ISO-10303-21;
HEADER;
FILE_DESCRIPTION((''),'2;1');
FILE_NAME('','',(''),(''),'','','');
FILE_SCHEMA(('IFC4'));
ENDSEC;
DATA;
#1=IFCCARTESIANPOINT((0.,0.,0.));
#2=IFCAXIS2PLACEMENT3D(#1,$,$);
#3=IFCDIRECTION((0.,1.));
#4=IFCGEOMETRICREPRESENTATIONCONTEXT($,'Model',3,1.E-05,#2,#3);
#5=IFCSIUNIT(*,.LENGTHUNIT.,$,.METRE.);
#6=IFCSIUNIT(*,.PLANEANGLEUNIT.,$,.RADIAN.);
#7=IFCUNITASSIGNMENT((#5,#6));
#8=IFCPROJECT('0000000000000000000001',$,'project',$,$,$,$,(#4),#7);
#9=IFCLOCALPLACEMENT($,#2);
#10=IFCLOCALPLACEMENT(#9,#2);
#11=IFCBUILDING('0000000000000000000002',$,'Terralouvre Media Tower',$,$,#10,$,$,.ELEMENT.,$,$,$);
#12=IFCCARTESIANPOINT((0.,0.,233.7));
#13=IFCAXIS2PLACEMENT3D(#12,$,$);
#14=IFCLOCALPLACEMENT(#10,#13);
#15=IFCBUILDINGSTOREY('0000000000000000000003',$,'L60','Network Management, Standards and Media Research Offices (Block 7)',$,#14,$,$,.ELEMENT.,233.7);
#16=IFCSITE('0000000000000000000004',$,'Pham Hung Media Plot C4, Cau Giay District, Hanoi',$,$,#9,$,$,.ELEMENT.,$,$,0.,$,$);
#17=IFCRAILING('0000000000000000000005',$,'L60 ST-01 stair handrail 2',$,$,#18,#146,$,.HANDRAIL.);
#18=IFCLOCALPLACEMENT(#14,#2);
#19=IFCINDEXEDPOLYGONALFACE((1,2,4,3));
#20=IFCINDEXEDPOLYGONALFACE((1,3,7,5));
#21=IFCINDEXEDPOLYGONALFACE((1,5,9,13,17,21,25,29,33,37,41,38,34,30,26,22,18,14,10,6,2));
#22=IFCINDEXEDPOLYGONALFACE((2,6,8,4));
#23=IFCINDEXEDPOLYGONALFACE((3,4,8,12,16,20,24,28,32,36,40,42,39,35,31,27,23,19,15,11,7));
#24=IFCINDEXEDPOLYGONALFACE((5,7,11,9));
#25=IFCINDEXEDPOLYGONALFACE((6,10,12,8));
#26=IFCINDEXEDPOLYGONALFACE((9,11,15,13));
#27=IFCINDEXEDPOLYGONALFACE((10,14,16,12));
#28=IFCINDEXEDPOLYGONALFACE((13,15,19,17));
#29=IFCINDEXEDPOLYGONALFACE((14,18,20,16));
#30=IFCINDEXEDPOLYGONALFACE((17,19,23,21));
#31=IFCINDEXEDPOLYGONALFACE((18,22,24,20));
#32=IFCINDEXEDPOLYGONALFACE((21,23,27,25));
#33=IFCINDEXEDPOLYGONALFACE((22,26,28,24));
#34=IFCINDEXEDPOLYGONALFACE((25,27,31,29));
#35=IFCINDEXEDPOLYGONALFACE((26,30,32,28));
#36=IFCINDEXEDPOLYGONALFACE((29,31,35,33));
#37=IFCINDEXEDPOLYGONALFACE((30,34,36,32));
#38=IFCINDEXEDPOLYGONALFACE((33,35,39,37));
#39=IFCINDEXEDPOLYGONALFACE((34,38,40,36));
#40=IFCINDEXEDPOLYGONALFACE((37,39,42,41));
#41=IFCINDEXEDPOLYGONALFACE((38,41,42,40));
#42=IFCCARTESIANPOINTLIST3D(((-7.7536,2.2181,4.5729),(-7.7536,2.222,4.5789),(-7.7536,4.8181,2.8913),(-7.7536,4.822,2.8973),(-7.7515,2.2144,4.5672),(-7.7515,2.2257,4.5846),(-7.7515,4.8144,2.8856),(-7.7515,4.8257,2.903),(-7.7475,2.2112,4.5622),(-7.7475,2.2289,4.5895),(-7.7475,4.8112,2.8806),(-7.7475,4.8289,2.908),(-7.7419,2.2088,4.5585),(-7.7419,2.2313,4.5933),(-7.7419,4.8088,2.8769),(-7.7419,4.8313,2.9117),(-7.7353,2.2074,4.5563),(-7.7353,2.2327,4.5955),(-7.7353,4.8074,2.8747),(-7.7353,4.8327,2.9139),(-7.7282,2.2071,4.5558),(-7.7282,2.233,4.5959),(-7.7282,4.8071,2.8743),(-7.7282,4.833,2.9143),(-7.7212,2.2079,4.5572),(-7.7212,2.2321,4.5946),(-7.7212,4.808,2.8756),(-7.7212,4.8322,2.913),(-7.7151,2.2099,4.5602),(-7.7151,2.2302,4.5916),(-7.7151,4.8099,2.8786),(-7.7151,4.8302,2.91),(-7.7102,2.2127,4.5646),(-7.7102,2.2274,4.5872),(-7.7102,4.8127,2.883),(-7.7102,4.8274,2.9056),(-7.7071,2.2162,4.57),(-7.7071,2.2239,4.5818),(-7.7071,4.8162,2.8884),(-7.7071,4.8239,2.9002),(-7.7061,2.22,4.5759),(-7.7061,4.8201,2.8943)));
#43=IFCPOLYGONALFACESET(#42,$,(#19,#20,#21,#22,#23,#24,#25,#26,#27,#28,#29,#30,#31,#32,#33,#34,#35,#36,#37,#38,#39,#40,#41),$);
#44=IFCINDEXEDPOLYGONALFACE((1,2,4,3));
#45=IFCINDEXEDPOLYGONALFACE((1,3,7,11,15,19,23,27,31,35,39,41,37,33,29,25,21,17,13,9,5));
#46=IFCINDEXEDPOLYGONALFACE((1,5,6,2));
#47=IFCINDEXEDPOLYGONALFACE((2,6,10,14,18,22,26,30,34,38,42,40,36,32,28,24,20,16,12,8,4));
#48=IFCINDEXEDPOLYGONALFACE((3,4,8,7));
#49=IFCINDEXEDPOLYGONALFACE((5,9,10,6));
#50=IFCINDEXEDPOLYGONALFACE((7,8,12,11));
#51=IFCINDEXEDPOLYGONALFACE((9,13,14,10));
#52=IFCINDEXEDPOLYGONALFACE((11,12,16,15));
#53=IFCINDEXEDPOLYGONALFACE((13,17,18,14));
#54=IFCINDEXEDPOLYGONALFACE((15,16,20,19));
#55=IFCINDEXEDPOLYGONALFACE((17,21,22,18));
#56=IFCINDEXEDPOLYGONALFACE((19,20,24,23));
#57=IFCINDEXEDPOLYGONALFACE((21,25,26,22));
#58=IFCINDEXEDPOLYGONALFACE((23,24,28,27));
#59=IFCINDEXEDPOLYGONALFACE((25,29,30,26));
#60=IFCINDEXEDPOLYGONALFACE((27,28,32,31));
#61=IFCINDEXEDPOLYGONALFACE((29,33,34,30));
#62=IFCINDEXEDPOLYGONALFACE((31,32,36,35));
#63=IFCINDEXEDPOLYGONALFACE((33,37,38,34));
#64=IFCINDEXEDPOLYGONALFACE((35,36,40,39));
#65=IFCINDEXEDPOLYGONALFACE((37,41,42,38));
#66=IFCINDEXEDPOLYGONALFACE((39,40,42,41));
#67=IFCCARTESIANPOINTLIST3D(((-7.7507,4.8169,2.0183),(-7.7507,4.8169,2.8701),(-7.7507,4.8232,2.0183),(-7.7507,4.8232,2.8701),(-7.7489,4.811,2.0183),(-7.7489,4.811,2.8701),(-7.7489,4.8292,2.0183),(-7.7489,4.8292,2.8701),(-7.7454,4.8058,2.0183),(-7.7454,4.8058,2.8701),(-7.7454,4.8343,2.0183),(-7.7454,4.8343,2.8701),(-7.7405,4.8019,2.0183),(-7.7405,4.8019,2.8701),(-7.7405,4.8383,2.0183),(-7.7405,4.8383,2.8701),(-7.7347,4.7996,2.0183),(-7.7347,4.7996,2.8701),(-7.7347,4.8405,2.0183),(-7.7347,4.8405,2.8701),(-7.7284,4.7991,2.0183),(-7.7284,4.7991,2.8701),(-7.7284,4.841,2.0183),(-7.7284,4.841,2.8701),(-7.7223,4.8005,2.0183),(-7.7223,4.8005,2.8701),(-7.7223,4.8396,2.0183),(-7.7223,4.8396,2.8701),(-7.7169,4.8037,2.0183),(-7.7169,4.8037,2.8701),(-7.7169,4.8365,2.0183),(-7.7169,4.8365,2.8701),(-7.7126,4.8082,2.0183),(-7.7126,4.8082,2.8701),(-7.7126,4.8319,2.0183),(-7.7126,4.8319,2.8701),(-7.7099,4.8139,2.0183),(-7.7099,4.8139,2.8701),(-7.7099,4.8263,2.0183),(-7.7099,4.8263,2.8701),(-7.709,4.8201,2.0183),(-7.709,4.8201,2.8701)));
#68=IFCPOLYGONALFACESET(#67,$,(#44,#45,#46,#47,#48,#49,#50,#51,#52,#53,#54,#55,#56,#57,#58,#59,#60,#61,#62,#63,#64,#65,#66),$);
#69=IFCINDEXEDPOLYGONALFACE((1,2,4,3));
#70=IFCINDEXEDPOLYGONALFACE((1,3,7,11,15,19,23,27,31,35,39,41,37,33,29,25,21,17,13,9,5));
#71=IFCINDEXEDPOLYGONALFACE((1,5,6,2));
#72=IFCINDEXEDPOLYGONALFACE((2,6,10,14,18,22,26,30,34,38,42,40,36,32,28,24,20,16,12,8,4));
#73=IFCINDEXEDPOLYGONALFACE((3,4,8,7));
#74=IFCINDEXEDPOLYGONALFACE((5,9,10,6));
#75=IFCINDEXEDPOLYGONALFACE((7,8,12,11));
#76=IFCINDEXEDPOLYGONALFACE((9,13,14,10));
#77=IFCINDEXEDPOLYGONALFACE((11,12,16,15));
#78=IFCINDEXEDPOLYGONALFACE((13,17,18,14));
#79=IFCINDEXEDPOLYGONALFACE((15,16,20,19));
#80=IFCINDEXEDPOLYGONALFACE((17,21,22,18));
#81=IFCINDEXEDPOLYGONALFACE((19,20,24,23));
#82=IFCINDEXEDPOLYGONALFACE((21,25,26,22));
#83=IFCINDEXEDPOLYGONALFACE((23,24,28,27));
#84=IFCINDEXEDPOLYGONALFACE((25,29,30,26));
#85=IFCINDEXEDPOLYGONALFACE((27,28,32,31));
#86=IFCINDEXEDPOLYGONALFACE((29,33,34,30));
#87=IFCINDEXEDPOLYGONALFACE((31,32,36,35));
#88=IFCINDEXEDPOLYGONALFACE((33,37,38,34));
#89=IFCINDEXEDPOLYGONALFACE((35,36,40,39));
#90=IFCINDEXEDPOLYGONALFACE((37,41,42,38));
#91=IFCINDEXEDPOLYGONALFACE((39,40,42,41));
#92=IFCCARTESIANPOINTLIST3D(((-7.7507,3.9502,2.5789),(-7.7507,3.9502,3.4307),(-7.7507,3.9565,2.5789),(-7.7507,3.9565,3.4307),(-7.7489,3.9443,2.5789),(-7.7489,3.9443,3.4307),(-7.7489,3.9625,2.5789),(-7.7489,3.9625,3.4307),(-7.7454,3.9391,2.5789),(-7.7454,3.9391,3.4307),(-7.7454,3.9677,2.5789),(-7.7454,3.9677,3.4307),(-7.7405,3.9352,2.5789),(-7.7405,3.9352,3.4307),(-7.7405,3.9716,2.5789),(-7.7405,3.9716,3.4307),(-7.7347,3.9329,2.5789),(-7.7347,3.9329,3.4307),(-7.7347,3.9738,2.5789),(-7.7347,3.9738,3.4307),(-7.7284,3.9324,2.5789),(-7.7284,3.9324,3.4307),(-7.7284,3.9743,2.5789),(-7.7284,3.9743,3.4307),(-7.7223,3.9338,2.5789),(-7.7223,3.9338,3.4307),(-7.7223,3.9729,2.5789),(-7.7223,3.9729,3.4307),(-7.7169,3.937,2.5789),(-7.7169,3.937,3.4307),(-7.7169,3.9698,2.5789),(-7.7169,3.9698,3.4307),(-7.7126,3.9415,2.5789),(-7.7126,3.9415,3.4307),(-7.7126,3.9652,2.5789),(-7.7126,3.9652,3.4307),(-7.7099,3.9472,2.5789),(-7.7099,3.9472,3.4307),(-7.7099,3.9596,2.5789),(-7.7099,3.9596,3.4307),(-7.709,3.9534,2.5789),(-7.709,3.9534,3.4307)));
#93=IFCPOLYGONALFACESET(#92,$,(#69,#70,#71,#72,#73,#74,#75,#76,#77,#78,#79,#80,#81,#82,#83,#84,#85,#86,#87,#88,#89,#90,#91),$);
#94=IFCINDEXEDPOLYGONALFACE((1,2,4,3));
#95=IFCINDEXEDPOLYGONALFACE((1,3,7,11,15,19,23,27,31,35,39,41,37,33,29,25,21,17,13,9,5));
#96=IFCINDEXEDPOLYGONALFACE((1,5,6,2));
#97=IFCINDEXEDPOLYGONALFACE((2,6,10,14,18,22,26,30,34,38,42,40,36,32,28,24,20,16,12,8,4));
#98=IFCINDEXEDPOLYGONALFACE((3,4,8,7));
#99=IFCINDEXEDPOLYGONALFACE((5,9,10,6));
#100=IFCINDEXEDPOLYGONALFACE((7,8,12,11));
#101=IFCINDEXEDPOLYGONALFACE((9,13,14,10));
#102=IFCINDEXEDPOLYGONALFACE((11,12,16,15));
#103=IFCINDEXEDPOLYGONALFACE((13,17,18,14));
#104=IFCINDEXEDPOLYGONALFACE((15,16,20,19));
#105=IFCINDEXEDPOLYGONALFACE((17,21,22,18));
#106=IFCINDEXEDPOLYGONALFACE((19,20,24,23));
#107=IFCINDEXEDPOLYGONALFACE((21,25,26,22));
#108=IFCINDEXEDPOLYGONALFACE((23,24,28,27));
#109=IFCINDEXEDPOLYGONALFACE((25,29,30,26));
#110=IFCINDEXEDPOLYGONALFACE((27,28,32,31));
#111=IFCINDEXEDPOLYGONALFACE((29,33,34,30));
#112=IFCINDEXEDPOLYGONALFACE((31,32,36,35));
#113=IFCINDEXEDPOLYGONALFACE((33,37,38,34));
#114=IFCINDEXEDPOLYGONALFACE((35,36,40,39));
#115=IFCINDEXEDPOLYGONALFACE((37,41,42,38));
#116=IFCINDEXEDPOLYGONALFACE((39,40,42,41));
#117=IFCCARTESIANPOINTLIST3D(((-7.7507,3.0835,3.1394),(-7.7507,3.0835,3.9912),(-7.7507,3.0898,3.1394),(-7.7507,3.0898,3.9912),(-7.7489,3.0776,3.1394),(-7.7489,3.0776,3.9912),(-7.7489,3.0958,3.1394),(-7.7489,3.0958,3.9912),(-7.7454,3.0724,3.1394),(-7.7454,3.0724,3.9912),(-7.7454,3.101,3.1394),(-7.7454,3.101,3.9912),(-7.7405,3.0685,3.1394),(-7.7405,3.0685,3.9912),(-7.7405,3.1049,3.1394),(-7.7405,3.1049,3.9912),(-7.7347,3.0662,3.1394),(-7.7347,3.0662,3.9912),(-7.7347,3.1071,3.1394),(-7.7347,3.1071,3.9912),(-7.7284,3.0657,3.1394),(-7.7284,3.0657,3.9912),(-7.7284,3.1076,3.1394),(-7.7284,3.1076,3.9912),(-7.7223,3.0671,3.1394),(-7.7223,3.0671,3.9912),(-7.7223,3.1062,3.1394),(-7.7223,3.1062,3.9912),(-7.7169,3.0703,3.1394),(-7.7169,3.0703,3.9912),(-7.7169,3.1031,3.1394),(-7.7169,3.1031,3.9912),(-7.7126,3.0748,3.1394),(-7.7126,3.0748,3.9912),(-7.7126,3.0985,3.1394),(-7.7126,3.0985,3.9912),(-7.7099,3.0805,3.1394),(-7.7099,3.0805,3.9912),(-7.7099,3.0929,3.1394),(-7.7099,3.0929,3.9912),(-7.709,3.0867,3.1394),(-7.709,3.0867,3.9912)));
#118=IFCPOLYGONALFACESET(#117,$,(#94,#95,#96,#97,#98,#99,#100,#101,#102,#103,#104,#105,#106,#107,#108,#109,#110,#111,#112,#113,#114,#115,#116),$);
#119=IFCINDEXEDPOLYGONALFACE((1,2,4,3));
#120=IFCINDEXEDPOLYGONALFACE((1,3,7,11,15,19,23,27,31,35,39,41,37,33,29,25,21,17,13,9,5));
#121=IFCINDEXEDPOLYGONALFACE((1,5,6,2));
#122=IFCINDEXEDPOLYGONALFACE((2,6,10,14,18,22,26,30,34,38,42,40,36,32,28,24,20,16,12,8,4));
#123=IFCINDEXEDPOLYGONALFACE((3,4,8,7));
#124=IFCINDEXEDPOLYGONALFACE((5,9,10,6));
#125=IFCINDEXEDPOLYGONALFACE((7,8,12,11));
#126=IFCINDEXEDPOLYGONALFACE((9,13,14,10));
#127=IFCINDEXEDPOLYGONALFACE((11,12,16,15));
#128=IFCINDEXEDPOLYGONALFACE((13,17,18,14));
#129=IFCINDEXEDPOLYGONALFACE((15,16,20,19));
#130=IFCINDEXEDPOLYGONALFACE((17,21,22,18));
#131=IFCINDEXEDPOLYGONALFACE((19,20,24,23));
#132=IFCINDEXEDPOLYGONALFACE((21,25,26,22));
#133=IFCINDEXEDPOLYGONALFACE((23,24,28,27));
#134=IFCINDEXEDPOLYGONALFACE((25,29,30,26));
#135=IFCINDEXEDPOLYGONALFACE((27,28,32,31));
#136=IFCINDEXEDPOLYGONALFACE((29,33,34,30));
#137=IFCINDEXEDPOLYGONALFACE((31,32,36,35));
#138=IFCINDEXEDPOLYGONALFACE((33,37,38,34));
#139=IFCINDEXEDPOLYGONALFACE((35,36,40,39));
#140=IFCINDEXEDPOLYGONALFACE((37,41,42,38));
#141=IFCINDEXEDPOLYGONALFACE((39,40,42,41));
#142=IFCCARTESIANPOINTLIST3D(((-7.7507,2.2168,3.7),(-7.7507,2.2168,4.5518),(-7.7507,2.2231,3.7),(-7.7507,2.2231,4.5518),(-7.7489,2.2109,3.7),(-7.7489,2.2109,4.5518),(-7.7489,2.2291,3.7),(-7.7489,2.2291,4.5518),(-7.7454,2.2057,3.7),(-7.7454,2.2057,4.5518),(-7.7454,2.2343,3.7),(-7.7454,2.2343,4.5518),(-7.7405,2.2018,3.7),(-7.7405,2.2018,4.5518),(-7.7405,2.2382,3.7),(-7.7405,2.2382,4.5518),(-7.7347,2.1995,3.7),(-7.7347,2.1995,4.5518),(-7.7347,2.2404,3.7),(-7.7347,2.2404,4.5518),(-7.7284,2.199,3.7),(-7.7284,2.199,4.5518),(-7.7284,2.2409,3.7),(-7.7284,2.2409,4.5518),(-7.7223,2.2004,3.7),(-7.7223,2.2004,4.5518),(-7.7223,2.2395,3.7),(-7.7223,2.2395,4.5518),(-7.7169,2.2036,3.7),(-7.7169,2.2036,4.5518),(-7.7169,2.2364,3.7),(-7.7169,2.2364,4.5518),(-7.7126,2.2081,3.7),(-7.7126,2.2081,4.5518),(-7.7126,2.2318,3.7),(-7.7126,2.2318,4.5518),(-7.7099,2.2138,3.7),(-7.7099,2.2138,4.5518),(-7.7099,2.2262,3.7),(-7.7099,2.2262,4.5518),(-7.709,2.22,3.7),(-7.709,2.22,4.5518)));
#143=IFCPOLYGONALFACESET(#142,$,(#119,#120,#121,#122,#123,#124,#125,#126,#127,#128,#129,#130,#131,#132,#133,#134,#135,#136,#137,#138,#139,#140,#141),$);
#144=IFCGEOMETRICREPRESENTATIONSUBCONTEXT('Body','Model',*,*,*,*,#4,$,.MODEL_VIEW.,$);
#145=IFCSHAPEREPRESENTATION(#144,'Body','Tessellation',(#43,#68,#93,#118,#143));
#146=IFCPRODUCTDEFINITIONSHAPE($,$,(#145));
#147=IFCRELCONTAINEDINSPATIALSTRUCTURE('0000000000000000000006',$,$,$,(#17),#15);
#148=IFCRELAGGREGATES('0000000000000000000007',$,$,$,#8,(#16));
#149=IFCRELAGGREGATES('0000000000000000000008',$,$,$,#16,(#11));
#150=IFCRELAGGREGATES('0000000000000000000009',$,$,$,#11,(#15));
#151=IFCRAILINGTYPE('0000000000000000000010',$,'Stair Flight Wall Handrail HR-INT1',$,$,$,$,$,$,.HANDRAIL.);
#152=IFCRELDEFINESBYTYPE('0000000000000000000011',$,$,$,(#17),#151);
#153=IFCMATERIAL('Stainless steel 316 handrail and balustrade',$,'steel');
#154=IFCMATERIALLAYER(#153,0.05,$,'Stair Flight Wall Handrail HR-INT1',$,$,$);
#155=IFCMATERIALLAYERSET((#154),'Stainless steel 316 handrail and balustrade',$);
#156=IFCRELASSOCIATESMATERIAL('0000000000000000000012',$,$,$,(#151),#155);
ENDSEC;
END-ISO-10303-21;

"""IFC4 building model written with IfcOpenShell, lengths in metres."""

from ifc_helpers import new_model, si_unit, direction, frame, origin, origin_2d, place, context, subcontext, project, spatial, circle, extrude, material, layer, layer_set, type_object, element, save


model = new_model("IFC4")

# Units and contexts
model_context = context("Model", 3, precision=1e-05, world=origin(), true_north=direction((0.0, 1.0)))
body_context = subcontext(model_context, "Body", "Model", "MODEL_VIEW")
ifc_project = project(units=[si_unit("LENGTHUNIT", "METRE"), si_unit("PLANEANGLEUNIT", "RADIAN")], contexts=[model_context])

# Site, building, storey
site_placement = place(None, origin())
site = spatial("IfcSite", under=ifc_project, at=site_placement, Name="Pham Hung Media Plot C4, Cau Giay District, Hanoi", CompositionType="ELEMENT", RefElevation=0.0)
building_placement = place(site_placement, origin())
building = spatial("IfcBuilding", under=site, at=building_placement, Name="Terralouvre Media Tower", CompositionType="ELEMENT")
storey_placement = place(building_placement, frame((0.0, 0.0, 233.7)))
storey = spatial("IfcBuildingStorey", under=building, at=storey_placement, Name="L60", Description="Network Management, Standards and Media Research Offices (Block 7)", CompositionType="ELEMENT", Elevation=233.7)

# Railing
ifc_material_1 = material(Name="Stainless steel 316 handrail and balustrade", Category="steel")
ifc_layer_1 = layer(ifc_material_1, 0.05, Name="Stair Flight Wall Handrail HR-INT1")
ifc_layer_set_1 = layer_set([ifc_layer_1], Name="Stainless steel 316 handrail and balustrade")
railing_type_1 = type_object("IfcRailingType", Name="Stair Flight Wall Handrail HR-INT1", PredefinedType="HANDRAIL", material=ifc_layer_set_1)
railing_1_placement = place(storey_placement, frame((-7.73, 4.8201, 2.0183)))
element("IfcRailing", 1, at=railing_1_placement, inside=storey, type_object=railing_type_1, Name="L60 ST-01 stair handrail 2", PredefinedType="HANDRAIL", context=body_context, shape_type="SweptSolid", body=[
    extrude(circle(Radius=0.0239, at=origin_2d()), frame((0.0, 0.0, 0.876), z_axis=(0.0, -0.839684, 0.543075), x_axis=(1.0, 0.0, 0.0)), (0.0, 0.0, 1.0), 3.0964),
    extrude(circle(Radius=0.021, at=origin_2d()), origin(), (0.0, 0.0, 1.0), 0.8518),
    extrude(circle(Radius=0.021, at=origin_2d()), frame((0.0, -0.8667, 0.5605)), (0.0, 0.0, 1.0), 0.8518),
    extrude(circle(Radius=0.021, at=origin_2d()), frame((0.0, -1.7334, 1.1211)), (0.0, 0.0, 1.0), 0.8518),
    extrude(circle(Radius=0.021, at=origin_2d()), frame((0.0, -2.6001, 1.6816)), (0.0, 0.0, 1.0), 0.8518),
])

save(model, "model.ifc")
